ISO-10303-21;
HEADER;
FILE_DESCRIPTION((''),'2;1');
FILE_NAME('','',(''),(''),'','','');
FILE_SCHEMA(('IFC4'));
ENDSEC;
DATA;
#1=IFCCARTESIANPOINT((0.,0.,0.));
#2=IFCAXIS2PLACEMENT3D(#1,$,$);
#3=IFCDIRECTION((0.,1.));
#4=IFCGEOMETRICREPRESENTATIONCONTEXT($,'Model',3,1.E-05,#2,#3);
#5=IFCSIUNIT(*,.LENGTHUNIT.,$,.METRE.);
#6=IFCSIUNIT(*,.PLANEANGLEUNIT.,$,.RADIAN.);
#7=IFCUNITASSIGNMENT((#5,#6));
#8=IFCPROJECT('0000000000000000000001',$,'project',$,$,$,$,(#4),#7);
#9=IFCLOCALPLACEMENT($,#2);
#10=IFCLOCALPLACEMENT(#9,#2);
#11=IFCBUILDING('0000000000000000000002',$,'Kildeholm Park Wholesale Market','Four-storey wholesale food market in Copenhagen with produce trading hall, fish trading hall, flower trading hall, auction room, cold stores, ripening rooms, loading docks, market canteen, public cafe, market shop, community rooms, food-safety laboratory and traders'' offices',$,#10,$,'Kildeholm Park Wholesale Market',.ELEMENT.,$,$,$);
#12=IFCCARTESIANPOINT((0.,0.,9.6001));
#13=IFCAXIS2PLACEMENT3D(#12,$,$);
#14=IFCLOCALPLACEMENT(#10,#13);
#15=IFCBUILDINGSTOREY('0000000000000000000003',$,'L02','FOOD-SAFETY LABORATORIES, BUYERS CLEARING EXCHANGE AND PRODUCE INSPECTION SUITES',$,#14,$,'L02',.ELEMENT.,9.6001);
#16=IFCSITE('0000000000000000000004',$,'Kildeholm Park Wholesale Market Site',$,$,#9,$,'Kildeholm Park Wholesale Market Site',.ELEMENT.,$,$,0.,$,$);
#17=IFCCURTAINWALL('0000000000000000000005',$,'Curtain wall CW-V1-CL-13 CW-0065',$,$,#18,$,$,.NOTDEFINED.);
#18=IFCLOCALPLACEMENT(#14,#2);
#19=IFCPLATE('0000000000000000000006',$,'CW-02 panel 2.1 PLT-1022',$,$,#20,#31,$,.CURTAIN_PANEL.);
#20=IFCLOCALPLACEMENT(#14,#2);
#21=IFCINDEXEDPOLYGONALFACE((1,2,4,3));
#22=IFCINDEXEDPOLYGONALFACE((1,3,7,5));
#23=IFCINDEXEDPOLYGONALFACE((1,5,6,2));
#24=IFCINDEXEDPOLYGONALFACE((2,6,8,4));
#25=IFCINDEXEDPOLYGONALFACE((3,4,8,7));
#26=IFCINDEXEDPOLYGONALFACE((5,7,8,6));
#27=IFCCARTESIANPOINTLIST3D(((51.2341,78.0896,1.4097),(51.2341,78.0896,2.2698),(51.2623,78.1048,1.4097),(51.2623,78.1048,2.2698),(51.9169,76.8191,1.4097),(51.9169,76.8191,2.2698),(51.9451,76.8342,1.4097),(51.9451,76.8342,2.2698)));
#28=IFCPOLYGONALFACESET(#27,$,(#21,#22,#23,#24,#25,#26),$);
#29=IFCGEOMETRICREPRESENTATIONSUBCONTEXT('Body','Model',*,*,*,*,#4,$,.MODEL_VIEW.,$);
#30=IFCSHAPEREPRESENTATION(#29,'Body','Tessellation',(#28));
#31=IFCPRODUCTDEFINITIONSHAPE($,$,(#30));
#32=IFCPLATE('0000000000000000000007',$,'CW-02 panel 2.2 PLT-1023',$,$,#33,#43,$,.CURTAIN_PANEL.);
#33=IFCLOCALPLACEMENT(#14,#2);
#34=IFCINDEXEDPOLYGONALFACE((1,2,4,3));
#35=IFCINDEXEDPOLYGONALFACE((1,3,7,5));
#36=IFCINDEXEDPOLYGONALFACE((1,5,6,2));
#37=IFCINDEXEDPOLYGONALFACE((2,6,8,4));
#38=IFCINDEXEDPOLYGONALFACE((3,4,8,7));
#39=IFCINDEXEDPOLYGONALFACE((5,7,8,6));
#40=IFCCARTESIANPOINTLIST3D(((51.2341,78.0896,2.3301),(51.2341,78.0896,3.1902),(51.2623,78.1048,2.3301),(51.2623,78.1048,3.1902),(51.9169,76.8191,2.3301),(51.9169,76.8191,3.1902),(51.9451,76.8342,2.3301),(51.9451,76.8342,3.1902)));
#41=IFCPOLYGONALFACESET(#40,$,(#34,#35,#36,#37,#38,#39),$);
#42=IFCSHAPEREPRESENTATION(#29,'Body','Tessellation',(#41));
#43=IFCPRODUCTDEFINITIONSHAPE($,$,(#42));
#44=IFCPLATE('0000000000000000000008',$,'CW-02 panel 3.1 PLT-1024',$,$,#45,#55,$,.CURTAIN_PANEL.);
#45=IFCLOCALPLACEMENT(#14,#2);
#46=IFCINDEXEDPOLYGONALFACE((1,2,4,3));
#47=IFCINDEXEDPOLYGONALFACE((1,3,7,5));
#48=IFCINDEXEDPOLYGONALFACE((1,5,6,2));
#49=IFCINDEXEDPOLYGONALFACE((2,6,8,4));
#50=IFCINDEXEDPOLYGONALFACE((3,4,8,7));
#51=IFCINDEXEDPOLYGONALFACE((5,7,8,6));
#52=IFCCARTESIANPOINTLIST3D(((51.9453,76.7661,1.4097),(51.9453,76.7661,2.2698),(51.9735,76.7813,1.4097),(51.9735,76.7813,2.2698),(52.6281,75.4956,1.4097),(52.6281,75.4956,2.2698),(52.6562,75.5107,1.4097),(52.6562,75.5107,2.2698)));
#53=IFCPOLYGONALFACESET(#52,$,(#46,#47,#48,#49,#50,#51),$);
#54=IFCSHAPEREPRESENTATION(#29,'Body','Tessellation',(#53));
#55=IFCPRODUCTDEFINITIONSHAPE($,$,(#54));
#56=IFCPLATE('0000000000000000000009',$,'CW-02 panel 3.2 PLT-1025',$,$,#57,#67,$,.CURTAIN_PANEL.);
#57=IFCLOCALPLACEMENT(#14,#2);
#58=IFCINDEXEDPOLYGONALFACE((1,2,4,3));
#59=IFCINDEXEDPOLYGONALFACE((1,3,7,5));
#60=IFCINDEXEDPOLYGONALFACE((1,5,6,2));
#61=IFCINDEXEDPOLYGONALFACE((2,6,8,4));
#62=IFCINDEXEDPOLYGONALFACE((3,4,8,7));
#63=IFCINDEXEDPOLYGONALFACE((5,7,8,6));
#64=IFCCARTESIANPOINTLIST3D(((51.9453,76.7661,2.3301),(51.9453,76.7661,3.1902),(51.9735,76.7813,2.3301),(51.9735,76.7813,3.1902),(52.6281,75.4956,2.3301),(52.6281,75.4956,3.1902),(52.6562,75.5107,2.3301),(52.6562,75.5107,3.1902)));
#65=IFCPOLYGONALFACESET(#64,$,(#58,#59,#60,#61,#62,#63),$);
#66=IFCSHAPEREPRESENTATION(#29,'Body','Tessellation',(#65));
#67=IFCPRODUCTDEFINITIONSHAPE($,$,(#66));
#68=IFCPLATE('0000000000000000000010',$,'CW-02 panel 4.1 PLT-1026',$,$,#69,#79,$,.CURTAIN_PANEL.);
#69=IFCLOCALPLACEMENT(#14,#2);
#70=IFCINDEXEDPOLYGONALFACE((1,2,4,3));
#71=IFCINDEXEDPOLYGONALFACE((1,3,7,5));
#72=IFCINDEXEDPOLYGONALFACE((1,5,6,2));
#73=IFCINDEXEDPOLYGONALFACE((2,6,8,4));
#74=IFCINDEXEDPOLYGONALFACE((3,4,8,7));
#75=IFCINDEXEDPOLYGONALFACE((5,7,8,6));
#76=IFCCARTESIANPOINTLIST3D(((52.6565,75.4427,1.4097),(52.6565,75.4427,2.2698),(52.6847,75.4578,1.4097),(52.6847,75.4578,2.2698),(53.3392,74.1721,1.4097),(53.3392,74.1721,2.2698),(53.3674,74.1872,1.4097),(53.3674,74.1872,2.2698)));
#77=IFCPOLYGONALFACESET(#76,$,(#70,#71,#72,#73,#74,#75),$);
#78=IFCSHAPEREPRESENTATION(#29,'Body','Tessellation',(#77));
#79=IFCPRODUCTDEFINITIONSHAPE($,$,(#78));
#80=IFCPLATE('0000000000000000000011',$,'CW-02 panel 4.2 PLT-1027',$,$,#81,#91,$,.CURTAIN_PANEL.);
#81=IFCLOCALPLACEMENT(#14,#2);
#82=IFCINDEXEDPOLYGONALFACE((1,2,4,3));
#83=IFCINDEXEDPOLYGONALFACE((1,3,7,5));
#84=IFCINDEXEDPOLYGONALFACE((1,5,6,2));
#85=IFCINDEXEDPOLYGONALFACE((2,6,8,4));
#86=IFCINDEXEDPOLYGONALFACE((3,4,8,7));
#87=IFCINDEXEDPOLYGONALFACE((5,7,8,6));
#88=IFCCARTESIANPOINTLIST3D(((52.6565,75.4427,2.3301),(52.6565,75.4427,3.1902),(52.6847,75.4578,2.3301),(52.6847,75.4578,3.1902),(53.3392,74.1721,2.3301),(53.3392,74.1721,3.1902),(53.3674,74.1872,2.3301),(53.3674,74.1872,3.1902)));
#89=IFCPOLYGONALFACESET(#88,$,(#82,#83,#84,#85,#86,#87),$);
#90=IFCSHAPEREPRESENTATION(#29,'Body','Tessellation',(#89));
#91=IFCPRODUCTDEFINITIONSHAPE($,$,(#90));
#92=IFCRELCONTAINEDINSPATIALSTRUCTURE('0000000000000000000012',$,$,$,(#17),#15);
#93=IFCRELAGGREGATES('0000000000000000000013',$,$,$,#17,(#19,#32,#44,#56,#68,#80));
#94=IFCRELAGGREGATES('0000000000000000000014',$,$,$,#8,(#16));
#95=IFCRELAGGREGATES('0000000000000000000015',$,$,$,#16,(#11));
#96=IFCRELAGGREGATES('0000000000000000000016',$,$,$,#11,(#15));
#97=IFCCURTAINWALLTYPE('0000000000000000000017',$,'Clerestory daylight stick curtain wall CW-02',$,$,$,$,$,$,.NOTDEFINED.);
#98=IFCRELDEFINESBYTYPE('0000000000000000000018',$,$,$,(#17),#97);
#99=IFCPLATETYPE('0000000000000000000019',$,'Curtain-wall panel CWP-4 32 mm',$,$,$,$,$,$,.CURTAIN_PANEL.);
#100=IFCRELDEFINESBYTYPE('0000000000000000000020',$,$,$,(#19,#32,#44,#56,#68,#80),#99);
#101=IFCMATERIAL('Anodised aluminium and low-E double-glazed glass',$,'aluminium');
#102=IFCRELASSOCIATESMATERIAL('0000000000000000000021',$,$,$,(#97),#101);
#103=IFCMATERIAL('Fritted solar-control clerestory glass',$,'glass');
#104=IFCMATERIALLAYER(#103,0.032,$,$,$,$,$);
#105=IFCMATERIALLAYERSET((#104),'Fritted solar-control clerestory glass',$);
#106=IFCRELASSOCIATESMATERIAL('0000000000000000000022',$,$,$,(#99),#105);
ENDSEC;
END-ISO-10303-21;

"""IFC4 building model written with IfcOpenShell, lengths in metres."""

from ifc_helpers import new_model, si_unit, direction, frame, origin, origin_2d, place, context, subcontext, project, spatial, rectangle, extrude, material, layer, layer_set, type_object, element, aggregate, save


model = new_model("IFC4")

# Units and contexts
model_context = context("Model", 3, precision=1e-05, world=origin(), true_north=direction((0.0, 1.0)))
body_context = subcontext(model_context, "Body", "Model", "MODEL_VIEW")
ifc_project = project(units=[si_unit("LENGTHUNIT", "METRE"), si_unit("PLANEANGLEUNIT", "RADIAN")], contexts=[model_context])

# Site, building, storey
site_placement = place(None, origin())
site = spatial("IfcSite", under=ifc_project, at=site_placement, Name="Kildeholm Park Wholesale Market Site", LongName="Kildeholm Park Wholesale Market Site", CompositionType="ELEMENT", RefElevation=0.0)
building_placement = place(site_placement, origin())
building = spatial("IfcBuilding", under=site, at=building_placement, Name="Kildeholm Park Wholesale Market", Description="Four-storey wholesale food market in Copenhagen with produce trading hall, fish trading hall, flower trading hall, auction room, cold stores, ripening rooms, loading docks, market canteen, public cafe, market shop, community rooms, food-safety laboratory and traders' offices", LongName="Kildeholm Park Wholesale Market", CompositionType="ELEMENT")
storey_placement = place(building_placement, frame((0.0, 0.0, 9.6001)))
storey = spatial("IfcBuildingStorey", under=building, at=storey_placement, Name="L02", Description="FOOD-SAFETY LABORATORIES, BUYERS CLEARING EXCHANGE AND PRODUCE INSPECTION SUITES", LongName="L02", CompositionType="ELEMENT", Elevation=9.6001)

# Curtain wall, plates
ifc_material_1 = material(Name="Anodised aluminium and low-E double-glazed glass", Category="aluminium")
curtain_wall_type = type_object("IfcCurtainWallType", Name="Clerestory daylight stick curtain wall CW-02", PredefinedType="NOTDEFINED", material=ifc_material_1)
curtain_wall_placement = place(storey_placement, origin())
curtain_wall = element("IfcCurtainWall", 1, at=curtain_wall_placement, inside=storey, type_object=curtain_wall_type, Name="Curtain wall CW-V1-CL-13 CW-0065", PredefinedType="NOTDEFINED")
ifc_material_2 = material(Name="Fritted solar-control clerestory glass", Category="glass")
ifc_layer = layer(ifc_material_2, 0.032)
ifc_layer_set = layer_set([ifc_layer], Name="Fritted solar-control clerestory glass")
plate_type = type_object("IfcPlateType", Name="Curtain-wall panel CWP-4 32 mm", PredefinedType="CURTAIN_PANEL", material=ifc_layer_set)
plate_1_placement = place(storey_placement, frame((51.5896, 77.4619, 1.4097), z_axis=(0.0, 0.0, 1.0), x_axis=(0.47334, -0.88088, 0.0)))
plate_1 = element("IfcPlate", 2, at=plate_1_placement, type_object=plate_type, Name="CW-02 panel 2.1 PLT-1022", PredefinedType="CURTAIN_PANEL", context=body_context, shape_type="SweptSolid", body=[
    extrude(rectangle(XDim=1.4424, YDim=0.032, at=origin_2d()), origin(), (0.0, 0.0, 1.0), 0.8601),
])
plate_2_placement = place(storey_placement, frame((51.5896, 77.4619, 2.3301), z_axis=(0.0, 0.0, 1.0), x_axis=(0.47334, -0.88088, 0.0)))
plate_2 = element("IfcPlate", 3, at=plate_2_placement, type_object=plate_type, Name="CW-02 panel 2.2 PLT-1023", PredefinedType="CURTAIN_PANEL", context=body_context, shape_type="SweptSolid", body=[
    extrude(rectangle(XDim=1.4424, YDim=0.032, at=origin_2d()), origin(), (0.0, 0.0, 1.0), 0.8601),
])
plate_3_placement = place(storey_placement, frame((52.3008, 76.1384, 1.4097), z_axis=(0.0, 0.0, 1.0), x_axis=(0.47334, -0.88088, 0.0)))
plate_3 = element("IfcPlate", 4, at=plate_3_placement, type_object=plate_type, Name="CW-02 panel 3.1 PLT-1024", PredefinedType="CURTAIN_PANEL", context=body_context, shape_type="SweptSolid", body=[
    extrude(rectangle(XDim=1.4424, YDim=0.032, at=origin_2d()), origin(), (0.0, 0.0, 1.0), 0.8601),
])
plate_4_placement = place(storey_placement, frame((52.3008, 76.1384, 2.3301), z_axis=(0.0, 0.0, 1.0), x_axis=(0.47334, -0.88088, 0.0)))
plate_4 = element("IfcPlate", 5, at=plate_4_placement, type_object=plate_type, Name="CW-02 panel 3.2 PLT-1025", PredefinedType="CURTAIN_PANEL", context=body_context, shape_type="SweptSolid", body=[
    extrude(rectangle(XDim=1.4424, YDim=0.032, at=origin_2d()), origin(), (0.0, 0.0, 1.0), 0.8601),
])
plate_5_placement = place(storey_placement, frame((53.012, 74.8149, 1.4097), z_axis=(0.0, 0.0, 1.0), x_axis=(0.47334, -0.88088, 0.0)))
plate_5 = element("IfcPlate", 6, at=plate_5_placement, type_object=plate_type, Name="CW-02 panel 4.1 PLT-1026", PredefinedType="CURTAIN_PANEL", context=body_context, shape_type="SweptSolid", body=[
    extrude(rectangle(XDim=1.4424, YDim=0.032, at=origin_2d()), origin(), (0.0, 0.0, 1.0), 0.8601),
])
plate_6_placement = place(storey_placement, frame((53.012, 74.8149, 2.3301), z_axis=(0.0, 0.0, 1.0), x_axis=(0.47334, -0.88088, 0.0)))
plate_6 = element("IfcPlate", 7, at=plate_6_placement, type_object=plate_type, Name="CW-02 panel 4.2 PLT-1027", PredefinedType="CURTAIN_PANEL", context=body_context, shape_type="SweptSolid", body=[
    extrude(rectangle(XDim=1.4424, YDim=0.032, at=origin_2d()), origin(), (0.0, 0.0, 1.0), 0.8601),
])
aggregate(curtain_wall, [plate_1, plate_2, plate_3, plate_4, plate_5, plate_6])

save(model, "model.ifc")
